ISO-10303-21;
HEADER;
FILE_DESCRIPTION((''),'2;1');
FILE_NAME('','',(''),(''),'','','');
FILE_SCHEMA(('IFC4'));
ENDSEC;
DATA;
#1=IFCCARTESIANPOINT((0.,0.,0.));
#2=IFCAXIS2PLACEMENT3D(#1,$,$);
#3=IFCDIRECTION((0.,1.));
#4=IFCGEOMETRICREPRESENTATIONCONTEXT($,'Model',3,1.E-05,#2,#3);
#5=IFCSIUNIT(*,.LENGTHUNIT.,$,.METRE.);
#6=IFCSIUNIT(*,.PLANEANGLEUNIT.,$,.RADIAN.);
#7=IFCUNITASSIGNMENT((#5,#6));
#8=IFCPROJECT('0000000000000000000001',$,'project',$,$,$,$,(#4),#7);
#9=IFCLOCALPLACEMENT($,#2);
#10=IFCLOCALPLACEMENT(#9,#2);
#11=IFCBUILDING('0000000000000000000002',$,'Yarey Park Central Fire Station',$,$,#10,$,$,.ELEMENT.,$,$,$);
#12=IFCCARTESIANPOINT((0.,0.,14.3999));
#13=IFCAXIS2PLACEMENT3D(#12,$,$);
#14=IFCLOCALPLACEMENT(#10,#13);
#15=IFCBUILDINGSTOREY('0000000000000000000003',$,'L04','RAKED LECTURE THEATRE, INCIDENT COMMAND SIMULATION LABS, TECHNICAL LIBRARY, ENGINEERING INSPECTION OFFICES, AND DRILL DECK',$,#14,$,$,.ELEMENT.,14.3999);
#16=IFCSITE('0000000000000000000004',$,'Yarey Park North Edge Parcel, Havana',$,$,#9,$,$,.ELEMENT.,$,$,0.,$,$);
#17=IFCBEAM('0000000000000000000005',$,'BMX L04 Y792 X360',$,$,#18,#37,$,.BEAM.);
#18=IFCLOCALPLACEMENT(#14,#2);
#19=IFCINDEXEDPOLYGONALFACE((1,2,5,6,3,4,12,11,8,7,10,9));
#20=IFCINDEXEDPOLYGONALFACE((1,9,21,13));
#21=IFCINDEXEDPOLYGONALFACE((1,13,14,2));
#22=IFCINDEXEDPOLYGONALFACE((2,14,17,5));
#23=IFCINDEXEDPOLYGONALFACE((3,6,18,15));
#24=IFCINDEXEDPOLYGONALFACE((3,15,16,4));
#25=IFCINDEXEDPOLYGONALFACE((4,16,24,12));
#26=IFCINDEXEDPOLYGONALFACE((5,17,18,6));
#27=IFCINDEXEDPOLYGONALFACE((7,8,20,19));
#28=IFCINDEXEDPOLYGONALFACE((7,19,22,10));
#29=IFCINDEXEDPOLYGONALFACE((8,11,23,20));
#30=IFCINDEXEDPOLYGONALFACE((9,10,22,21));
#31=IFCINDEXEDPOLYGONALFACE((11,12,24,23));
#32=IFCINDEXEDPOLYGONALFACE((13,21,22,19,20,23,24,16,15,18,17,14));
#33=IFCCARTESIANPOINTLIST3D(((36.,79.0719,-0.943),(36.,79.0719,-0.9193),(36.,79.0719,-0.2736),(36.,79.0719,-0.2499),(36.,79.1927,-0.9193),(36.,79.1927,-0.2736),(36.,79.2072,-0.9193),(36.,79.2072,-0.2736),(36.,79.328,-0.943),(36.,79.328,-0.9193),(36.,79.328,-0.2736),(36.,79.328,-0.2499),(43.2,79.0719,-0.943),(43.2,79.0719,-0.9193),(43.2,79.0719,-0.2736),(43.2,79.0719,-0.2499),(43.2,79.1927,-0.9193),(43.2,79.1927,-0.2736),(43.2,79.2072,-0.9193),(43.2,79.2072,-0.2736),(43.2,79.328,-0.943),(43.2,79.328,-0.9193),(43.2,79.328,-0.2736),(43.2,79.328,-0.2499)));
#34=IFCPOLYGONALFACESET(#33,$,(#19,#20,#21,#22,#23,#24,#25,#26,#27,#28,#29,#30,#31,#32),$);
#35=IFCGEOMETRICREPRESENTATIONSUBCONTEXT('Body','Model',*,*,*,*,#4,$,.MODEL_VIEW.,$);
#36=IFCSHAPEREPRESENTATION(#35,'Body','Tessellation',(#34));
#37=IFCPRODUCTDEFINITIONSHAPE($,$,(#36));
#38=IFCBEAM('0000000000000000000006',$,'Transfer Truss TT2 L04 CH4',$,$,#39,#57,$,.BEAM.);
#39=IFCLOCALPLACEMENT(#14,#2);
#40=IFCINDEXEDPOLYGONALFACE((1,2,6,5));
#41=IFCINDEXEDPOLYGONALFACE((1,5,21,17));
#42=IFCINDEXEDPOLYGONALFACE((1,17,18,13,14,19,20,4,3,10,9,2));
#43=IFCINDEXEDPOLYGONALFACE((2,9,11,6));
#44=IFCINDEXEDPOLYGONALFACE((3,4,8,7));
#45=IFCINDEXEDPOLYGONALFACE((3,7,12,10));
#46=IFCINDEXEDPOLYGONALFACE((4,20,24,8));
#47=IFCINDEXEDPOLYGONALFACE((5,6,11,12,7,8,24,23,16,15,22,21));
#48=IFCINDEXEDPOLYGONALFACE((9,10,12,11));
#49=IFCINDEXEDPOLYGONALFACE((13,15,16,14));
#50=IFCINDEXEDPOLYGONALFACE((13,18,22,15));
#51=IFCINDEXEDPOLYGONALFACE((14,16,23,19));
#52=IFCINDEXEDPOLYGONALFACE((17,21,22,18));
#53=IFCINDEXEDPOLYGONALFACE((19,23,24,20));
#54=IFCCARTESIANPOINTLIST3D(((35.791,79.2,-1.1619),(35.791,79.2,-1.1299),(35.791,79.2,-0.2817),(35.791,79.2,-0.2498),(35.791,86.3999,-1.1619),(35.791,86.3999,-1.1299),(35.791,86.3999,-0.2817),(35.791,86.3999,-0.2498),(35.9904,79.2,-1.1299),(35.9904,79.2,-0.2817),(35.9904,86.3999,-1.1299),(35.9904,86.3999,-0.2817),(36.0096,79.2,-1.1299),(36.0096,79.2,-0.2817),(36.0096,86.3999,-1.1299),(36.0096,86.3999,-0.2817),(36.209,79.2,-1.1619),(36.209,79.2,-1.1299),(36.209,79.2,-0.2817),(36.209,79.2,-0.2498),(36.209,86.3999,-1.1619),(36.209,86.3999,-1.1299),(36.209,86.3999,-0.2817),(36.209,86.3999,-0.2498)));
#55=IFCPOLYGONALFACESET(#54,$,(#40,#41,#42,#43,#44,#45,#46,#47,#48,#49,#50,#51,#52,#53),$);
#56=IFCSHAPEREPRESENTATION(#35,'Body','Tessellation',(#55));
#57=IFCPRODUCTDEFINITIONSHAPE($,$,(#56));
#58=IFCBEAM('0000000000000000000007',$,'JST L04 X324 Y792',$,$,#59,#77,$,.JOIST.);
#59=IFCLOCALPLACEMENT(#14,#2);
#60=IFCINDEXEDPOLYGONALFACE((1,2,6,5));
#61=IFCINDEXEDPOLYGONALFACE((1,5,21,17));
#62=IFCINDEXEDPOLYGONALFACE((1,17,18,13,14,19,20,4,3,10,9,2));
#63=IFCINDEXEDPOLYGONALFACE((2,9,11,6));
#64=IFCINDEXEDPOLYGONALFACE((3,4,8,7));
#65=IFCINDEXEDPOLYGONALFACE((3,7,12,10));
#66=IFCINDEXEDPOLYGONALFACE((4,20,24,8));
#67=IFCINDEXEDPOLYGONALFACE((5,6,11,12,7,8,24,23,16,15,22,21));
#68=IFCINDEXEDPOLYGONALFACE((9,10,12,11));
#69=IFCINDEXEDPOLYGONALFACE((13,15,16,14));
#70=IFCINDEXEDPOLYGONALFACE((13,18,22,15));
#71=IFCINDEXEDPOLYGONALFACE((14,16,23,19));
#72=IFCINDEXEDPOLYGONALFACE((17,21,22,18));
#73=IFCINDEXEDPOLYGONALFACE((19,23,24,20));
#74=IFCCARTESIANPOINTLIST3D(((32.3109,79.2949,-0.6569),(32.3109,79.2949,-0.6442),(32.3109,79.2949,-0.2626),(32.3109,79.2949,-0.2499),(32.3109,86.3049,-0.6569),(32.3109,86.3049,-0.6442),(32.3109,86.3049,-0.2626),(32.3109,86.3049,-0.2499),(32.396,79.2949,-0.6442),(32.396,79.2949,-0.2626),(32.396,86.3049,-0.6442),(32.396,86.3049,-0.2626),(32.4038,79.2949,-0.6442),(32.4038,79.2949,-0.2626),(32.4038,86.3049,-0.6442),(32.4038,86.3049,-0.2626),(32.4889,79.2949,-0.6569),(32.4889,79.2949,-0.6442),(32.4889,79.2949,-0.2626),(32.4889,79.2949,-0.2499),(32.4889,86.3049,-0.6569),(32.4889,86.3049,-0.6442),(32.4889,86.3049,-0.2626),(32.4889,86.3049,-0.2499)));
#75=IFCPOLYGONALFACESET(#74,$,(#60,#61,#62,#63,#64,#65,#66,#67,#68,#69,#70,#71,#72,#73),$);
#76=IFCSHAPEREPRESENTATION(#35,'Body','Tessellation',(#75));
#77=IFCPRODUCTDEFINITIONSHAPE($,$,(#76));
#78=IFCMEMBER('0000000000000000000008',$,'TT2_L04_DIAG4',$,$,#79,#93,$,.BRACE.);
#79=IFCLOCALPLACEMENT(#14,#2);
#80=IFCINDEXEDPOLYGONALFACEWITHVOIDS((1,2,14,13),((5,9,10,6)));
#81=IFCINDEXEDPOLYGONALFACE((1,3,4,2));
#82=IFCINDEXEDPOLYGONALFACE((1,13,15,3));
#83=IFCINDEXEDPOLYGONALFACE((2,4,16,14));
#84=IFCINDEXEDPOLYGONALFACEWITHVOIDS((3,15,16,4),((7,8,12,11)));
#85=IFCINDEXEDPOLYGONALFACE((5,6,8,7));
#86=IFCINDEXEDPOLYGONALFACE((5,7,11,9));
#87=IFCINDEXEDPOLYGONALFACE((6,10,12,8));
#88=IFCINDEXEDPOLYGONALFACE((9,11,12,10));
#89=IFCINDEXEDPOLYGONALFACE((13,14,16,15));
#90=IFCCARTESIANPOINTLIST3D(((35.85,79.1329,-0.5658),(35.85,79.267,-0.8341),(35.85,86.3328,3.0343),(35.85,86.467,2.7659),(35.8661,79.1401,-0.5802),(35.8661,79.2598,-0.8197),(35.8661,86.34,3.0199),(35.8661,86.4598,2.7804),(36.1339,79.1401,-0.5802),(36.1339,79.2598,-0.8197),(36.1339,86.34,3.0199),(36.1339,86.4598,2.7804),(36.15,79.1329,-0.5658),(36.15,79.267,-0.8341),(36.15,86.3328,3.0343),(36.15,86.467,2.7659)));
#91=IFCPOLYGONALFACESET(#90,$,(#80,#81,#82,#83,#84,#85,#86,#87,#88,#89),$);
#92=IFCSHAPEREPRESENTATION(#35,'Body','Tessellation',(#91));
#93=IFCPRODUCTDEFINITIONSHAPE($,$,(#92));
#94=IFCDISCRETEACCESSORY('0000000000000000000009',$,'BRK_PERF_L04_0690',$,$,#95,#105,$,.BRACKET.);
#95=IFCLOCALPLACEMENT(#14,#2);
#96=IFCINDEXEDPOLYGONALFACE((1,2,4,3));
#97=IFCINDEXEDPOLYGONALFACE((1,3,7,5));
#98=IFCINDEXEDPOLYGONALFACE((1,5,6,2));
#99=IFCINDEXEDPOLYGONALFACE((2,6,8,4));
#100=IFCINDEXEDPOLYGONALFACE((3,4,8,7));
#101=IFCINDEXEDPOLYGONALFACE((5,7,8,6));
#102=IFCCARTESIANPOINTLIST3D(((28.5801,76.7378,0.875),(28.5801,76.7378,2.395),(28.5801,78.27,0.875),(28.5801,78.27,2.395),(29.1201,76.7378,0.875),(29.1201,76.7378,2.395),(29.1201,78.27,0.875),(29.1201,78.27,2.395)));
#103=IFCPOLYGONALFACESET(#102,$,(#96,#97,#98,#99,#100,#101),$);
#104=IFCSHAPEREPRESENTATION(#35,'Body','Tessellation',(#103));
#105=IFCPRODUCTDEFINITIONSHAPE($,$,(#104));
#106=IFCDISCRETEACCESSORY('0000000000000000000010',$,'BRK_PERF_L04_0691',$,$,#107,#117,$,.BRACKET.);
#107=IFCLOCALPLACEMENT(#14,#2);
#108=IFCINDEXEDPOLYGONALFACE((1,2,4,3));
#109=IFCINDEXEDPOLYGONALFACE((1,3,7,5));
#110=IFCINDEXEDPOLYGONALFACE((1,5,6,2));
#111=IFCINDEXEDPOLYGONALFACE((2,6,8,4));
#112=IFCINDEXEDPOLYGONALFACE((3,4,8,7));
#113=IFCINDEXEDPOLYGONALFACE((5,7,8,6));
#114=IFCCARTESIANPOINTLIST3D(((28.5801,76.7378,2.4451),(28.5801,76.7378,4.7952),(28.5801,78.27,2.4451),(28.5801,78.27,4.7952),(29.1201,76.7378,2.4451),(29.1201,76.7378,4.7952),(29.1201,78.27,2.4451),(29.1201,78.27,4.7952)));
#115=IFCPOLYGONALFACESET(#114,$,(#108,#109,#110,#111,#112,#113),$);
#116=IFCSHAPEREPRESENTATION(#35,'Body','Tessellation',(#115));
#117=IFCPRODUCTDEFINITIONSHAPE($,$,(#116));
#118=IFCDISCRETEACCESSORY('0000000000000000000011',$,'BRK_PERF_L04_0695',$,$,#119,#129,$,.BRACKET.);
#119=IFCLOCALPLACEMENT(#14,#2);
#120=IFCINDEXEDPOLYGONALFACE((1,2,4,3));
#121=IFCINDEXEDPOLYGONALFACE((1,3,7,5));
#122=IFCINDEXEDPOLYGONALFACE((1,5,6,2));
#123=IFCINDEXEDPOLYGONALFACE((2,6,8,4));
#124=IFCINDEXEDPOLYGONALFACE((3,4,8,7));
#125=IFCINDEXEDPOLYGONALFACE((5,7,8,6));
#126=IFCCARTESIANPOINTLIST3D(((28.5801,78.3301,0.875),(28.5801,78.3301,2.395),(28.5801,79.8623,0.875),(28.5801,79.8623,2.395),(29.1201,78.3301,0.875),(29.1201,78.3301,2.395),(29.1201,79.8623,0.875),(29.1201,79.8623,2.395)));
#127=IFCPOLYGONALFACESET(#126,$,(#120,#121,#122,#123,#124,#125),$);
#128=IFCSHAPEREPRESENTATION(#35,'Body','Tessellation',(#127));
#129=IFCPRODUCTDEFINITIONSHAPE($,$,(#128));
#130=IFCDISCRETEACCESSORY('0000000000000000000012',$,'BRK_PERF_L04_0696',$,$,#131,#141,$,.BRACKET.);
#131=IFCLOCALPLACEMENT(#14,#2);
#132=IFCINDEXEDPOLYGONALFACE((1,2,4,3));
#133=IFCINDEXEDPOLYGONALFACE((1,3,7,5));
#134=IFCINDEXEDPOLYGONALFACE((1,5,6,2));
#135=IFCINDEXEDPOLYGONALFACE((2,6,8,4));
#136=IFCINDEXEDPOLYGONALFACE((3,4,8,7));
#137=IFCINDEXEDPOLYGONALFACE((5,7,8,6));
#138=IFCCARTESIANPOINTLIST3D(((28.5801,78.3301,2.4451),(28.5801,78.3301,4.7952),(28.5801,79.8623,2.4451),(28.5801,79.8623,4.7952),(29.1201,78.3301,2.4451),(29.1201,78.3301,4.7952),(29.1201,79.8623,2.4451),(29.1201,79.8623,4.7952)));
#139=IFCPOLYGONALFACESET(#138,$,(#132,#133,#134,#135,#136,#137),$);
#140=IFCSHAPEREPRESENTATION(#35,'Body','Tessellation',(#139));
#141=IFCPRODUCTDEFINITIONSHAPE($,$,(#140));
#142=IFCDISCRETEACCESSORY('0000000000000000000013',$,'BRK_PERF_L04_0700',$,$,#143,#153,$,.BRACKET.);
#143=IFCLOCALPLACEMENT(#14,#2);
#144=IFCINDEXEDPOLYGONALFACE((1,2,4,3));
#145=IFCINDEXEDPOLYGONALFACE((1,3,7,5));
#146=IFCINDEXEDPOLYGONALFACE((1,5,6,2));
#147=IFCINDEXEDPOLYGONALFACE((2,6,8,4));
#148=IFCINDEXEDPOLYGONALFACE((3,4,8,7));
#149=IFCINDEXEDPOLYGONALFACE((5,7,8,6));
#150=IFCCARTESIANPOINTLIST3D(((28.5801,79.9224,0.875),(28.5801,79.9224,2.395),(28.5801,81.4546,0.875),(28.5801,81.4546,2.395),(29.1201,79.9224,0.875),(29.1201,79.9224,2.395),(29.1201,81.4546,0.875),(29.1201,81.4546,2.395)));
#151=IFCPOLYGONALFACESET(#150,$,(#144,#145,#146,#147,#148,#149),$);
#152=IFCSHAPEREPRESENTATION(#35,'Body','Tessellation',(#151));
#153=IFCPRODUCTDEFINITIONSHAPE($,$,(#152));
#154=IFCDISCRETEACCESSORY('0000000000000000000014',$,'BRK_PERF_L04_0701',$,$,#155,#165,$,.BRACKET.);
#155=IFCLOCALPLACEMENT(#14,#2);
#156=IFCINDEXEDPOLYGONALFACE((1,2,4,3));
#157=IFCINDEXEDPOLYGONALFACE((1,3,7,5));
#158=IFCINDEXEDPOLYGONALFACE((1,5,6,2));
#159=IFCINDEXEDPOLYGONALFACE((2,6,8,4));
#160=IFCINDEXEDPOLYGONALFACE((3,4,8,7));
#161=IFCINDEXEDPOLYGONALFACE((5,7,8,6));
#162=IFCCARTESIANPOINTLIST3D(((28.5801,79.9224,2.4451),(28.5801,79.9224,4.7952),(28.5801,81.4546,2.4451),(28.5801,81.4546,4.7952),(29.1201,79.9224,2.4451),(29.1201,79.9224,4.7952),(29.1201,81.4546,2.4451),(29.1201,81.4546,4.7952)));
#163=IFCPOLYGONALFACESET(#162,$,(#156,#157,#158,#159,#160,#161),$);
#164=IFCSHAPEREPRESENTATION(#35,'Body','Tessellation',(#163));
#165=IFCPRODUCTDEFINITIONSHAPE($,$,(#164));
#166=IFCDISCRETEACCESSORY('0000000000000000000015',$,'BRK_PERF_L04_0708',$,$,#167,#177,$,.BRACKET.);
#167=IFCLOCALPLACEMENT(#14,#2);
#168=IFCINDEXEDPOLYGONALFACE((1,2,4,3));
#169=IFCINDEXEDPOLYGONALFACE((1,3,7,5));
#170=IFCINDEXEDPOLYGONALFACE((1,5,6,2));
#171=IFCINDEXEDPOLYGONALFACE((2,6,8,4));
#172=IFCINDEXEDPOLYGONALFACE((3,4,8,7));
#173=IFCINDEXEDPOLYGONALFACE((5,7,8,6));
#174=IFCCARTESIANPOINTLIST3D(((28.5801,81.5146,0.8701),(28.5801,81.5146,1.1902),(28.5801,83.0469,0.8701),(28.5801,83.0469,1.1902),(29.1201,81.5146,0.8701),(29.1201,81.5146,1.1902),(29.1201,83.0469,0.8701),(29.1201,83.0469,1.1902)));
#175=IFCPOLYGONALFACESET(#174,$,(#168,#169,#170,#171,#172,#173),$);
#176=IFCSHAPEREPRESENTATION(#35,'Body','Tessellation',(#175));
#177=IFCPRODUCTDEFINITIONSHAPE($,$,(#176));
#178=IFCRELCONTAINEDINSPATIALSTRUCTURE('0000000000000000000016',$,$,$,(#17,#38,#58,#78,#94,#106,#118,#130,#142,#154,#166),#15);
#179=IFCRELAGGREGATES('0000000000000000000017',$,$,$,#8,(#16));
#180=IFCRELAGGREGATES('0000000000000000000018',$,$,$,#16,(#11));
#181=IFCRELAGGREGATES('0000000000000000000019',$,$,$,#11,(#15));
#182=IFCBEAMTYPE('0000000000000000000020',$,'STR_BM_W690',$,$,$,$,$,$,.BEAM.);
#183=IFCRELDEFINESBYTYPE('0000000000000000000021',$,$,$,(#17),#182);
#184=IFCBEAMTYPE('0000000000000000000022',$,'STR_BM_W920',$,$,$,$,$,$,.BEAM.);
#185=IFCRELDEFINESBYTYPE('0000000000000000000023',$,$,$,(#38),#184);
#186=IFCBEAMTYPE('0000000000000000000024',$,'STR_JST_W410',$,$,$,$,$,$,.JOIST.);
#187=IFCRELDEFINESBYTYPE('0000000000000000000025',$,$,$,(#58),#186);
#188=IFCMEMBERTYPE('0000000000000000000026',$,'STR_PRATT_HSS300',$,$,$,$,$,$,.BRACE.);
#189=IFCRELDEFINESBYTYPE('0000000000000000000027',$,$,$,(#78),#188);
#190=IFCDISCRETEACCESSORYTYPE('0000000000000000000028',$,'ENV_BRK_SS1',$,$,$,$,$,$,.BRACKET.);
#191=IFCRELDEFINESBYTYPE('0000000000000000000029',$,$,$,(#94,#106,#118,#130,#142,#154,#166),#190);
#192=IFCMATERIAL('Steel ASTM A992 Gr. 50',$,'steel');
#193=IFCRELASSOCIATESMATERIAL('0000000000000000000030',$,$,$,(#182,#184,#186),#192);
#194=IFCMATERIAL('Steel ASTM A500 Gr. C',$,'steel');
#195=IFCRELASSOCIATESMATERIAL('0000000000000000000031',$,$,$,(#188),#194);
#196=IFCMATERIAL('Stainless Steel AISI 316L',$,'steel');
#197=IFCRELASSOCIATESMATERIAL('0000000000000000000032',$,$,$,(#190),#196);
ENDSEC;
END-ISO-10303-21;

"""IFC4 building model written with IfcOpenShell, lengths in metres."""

from ifc_helpers import new_model, si_unit, direction, frame, origin, origin_2d, place, context, subcontext, project, spatial, rectangle, hollow_rectangle, i_section, extrude, material, material_profile, profile_set, type_object, element, save


model = new_model("IFC4")

# Units and contexts
model_context = context("Model", 3, precision=1e-05, world=origin(), true_north=direction((0.0, 1.0)))
body_context = subcontext(model_context, "Body", "Model", "MODEL_VIEW")
ifc_project = project(units=[si_unit("LENGTHUNIT", "METRE"), si_unit("PLANEANGLEUNIT", "RADIAN")], contexts=[model_context])

# Site, building, storey
site_placement = place(None, origin())
site = spatial("IfcSite", under=ifc_project, at=site_placement, Name="Yarey Park North Edge Parcel, Havana", CompositionType="ELEMENT", RefElevation=0.0)
building_placement = place(site_placement, origin())
building = spatial("IfcBuilding", under=site, at=building_placement, Name="Yarey Park Central Fire Station", CompositionType="ELEMENT")
storey_placement = place(building_placement, frame((0.0, 0.0, 14.3999)))
storey = spatial("IfcBuildingStorey", under=building, at=storey_placement, Name="L04", Description="RAKED LECTURE THEATRE, INCIDENT COMMAND SIMULATION LABS, TECHNICAL LIBRARY, ENGINEERING INSPECTION OFFICES, AND DRILL DECK", CompositionType="ELEMENT", Elevation=14.3999)

# Beams
ifc_material_1 = material(Name="Steel ASTM A992 Gr. 50", Category="steel")
ifc_material_profile_1 = material_profile(ifc_material_1, i_section(OverallWidth=0.2561, OverallDepth=0.6931, WebThickness=0.0144, FlangeThickness=0.0237, at=origin_2d()), Name="W690x170")
ifc_profile_set_1 = profile_set([ifc_material_profile_1], Name="Steel ASTM A992 Gr. 50")
beam_type_1 = type_object("IfcBeamType", Name="STR_BM_W690", PredefinedType="BEAM", material=ifc_profile_set_1)
beam_1_placement = place(storey_placement, frame((36.0, 79.2, -0.5964), z_axis=(1.0, 0.0, 0.0), x_axis=(0.0, 1.0, 0.0)))
element("IfcBeam", 1, at=beam_1_placement, inside=storey, type_object=beam_type_1, Name="BMX L04 Y792 X360", PredefinedType="BEAM", context=body_context, shape_type="SweptSolid", body=[
    extrude(i_section(OverallWidth=0.2561, OverallDepth=0.6931, WebThickness=0.0144, FlangeThickness=0.0237, at=origin_2d()), origin(), (0.0, 0.0, 1.0), 7.2),
])
ifc_material_profile_2 = material_profile(ifc_material_1, i_section(OverallWidth=0.418, OverallDepth=0.9121, WebThickness=0.0193, FlangeThickness=0.032, at=origin_2d()), Name="W920x342")
ifc_profile_set_2 = profile_set([ifc_material_profile_2], Name="Steel ASTM A992 Gr. 50")
beam_type_2 = type_object("IfcBeamType", Name="STR_BM_W920", PredefinedType="BEAM", material=ifc_profile_set_2)
beam_2_placement = place(storey_placement, frame((36.0, 79.2, -0.7058), z_axis=(0.0, 1.0, 0.0), x_axis=(-1.0, 0.0, 0.0)))
element("IfcBeam", 2, at=beam_2_placement, inside=storey, type_object=beam_type_2, Name="Transfer Truss TT2 L04 CH4", PredefinedType="BEAM", context=body_context, shape_type="SweptSolid", body=[
    extrude(i_section(OverallWidth=0.418, OverallDepth=0.9121, WebThickness=0.0193, FlangeThickness=0.032, at=origin_2d()), origin(), (0.0, 0.0, 1.0), 7.2),
])
ifc_material_profile_3 = material_profile(ifc_material_1, i_section(OverallWidth=0.178, OverallDepth=0.407, WebThickness=0.0078, FlangeThickness=0.0127, at=origin_2d()), Name="W410x60")
ifc_profile_set_3 = profile_set([ifc_material_profile_3], Name="Steel ASTM A992 Gr. 50")
beam_type_3 = type_object("IfcBeamType", Name="STR_JST_W410", PredefinedType="JOIST", material=ifc_profile_set_3)
beam_3_placement = place(storey_placement, frame((32.3999, 79.2949, -0.4534), z_axis=(0.0, 1.0, 0.0), x_axis=(-1.0, 0.0, 0.0)))
element("IfcBeam", 3, at=beam_3_placement, inside=storey, type_object=beam_type_3, Name="JST L04 X324 Y792", PredefinedType="JOIST", context=body_context, shape_type="SweptSolid", body=[
    extrude(i_section(OverallWidth=0.178, OverallDepth=0.407, WebThickness=0.0078, FlangeThickness=0.0127, at=origin_2d()), origin(), (0.0, 0.0, 1.0), 7.01),
])

# Member
ifc_material_2 = material(Name="Steel ASTM A500 Gr. C", Category="steel")
ifc_material_profile_4 = material_profile(ifc_material_2, hollow_rectangle(XDim=0.3, YDim=0.3, WallThickness=0.0161, at=origin_2d()), Name="HSS 300x300x16")
ifc_profile_set_4 = profile_set([ifc_material_profile_4], Name="Steel ASTM A500 Gr. C")
member_type = type_object("IfcMemberType", Name="STR_PRATT_HSS300", PredefinedType="BRACE", material=ifc_profile_set_4)
member_placement = place(storey_placement, frame((36.0, 79.2, -0.7), z_axis=(0.0, 0.894421, 0.447226), x_axis=(-1.0, 0.0, 0.0)))
element("IfcMember", 4, at=member_placement, inside=storey, type_object=member_type, Name="TT2_L04_DIAG4", PredefinedType="BRACE", context=body_context, shape_type="SweptSolid", body=[
    extrude(hollow_rectangle(XDim=0.3, YDim=0.3, WallThickness=0.0161, at=origin_2d()), origin(), (0.0, 0.0, 1.0), 8.0498),
])

# Discrete accessories
ifc_material_3 = material(Name="Stainless Steel AISI 316L", Category="steel")
discrete_accessory_type = type_object("IfcDiscreteAccessoryType", Name="ENV_BRK_SS1", PredefinedType="BRACKET", material=ifc_material_3)
discrete_accessory_1_placement = place(storey_placement, frame((28.8501, 77.5039, 0.875), z_axis=(0.0, 0.0, 1.0), x_axis=(1.0, 0.0, 0.0)))
element("IfcDiscreteAccessory", 5, at=discrete_accessory_1_placement, inside=storey, type_object=discrete_accessory_type, Name="BRK_PERF_L04_0690", PredefinedType="BRACKET", context=body_context, shape_type="SweptSolid", body=[
    extrude(rectangle(XDim=0.54, YDim=1.5322, at=origin_2d()), origin(), (0.0, 0.0, 1.0), 1.52),
])
discrete_accessory_2_placement = place(storey_placement, frame((28.8501, 77.5039, 2.4451), z_axis=(0.0, 0.0, 1.0), x_axis=(1.0, 0.0, 0.0)))
element("IfcDiscreteAccessory", 6, at=discrete_accessory_2_placement, inside=storey, type_object=discrete_accessory_type, Name="BRK_PERF_L04_0691", PredefinedType="BRACKET", context=body_context, shape_type="SweptSolid", body=[
    extrude(rectangle(XDim=0.54, YDim=1.5322, at=origin_2d()), origin(), (0.0, 0.0, 1.0), 2.3501),
])
discrete_accessory_3_placement = place(storey_placement, frame((28.8501, 79.0962, 0.875), z_axis=(0.0, 0.0, 1.0), x_axis=(1.0, 0.0, 0.0)))
element("IfcDiscreteAccessory", 7, at=discrete_accessory_3_placement, inside=storey, type_object=discrete_accessory_type, Name="BRK_PERF_L04_0695", PredefinedType="BRACKET", context=body_context, shape_type="SweptSolid", body=[
    extrude(rectangle(XDim=0.54, YDim=1.5322, at=origin_2d()), origin(), (0.0, 0.0, 1.0), 1.52),
])
discrete_accessory_4_placement = place(storey_placement, frame((28.8501, 79.0962, 2.4451), z_axis=(0.0, 0.0, 1.0), x_axis=(1.0, 0.0, 0.0)))
element("IfcDiscreteAccessory", 8, at=discrete_accessory_4_placement, inside=storey, type_object=discrete_accessory_type, Name="BRK_PERF_L04_0696", PredefinedType="BRACKET", context=body_context, shape_type="SweptSolid", body=[
    extrude(rectangle(XDim=0.54, YDim=1.5322, at=origin_2d()), origin(), (0.0, 0.0, 1.0), 2.3501),
])
discrete_accessory_5_placement = place(storey_placement, frame((28.8501, 80.6885, 0.875), z_axis=(0.0, 0.0, 1.0), x_axis=(1.0, 0.0, 0.0)))
element("IfcDiscreteAccessory", 9, at=discrete_accessory_5_placement, inside=storey, type_object=discrete_accessory_type, Name="BRK_PERF_L04_0700", PredefinedType="BRACKET", context=body_context, shape_type="SweptSolid", body=[
    extrude(rectangle(XDim=0.54, YDim=1.5322, at=origin_2d()), origin(), (0.0, 0.0, 1.0), 1.52),
])
discrete_accessory_6_placement = place(storey_placement, frame((28.8501, 80.6885, 2.4451), z_axis=(0.0, 0.0, 1.0), x_axis=(1.0, 0.0, 0.0)))
element("IfcDiscreteAccessory", 10, at=discrete_accessory_6_placement, inside=storey, type_object=discrete_accessory_type, Name="BRK_PERF_L04_0701", PredefinedType="BRACKET", context=body_context, shape_type="SweptSolid", body=[
    extrude(rectangle(XDim=0.54, YDim=1.5322, at=origin_2d()), origin(), (0.0, 0.0, 1.0), 2.3501),
])
for number, where, z_axis, x_axis, name in (
    (11, (28.8501, 82.2808, 0.8701), (0.0, 0.0, 1.0), (1.0, 0.0, 0.0), "BRK_PERF_L04_0708"),
):
    element("IfcDiscreteAccessory", number, at=place(storey_placement, frame(where, z_axis=z_axis, x_axis=x_axis)), inside=storey, type_object=discrete_accessory_type, Name=name, PredefinedType="BRACKET", context=body_context, shape_type="SweptSolid", body=[
        extrude(rectangle(XDim=0.54, YDim=1.5322, at=origin_2d()), origin(), (0.0, 0.0, 1.0), 0.3201),
    ])

save(model, "model.ifc")
